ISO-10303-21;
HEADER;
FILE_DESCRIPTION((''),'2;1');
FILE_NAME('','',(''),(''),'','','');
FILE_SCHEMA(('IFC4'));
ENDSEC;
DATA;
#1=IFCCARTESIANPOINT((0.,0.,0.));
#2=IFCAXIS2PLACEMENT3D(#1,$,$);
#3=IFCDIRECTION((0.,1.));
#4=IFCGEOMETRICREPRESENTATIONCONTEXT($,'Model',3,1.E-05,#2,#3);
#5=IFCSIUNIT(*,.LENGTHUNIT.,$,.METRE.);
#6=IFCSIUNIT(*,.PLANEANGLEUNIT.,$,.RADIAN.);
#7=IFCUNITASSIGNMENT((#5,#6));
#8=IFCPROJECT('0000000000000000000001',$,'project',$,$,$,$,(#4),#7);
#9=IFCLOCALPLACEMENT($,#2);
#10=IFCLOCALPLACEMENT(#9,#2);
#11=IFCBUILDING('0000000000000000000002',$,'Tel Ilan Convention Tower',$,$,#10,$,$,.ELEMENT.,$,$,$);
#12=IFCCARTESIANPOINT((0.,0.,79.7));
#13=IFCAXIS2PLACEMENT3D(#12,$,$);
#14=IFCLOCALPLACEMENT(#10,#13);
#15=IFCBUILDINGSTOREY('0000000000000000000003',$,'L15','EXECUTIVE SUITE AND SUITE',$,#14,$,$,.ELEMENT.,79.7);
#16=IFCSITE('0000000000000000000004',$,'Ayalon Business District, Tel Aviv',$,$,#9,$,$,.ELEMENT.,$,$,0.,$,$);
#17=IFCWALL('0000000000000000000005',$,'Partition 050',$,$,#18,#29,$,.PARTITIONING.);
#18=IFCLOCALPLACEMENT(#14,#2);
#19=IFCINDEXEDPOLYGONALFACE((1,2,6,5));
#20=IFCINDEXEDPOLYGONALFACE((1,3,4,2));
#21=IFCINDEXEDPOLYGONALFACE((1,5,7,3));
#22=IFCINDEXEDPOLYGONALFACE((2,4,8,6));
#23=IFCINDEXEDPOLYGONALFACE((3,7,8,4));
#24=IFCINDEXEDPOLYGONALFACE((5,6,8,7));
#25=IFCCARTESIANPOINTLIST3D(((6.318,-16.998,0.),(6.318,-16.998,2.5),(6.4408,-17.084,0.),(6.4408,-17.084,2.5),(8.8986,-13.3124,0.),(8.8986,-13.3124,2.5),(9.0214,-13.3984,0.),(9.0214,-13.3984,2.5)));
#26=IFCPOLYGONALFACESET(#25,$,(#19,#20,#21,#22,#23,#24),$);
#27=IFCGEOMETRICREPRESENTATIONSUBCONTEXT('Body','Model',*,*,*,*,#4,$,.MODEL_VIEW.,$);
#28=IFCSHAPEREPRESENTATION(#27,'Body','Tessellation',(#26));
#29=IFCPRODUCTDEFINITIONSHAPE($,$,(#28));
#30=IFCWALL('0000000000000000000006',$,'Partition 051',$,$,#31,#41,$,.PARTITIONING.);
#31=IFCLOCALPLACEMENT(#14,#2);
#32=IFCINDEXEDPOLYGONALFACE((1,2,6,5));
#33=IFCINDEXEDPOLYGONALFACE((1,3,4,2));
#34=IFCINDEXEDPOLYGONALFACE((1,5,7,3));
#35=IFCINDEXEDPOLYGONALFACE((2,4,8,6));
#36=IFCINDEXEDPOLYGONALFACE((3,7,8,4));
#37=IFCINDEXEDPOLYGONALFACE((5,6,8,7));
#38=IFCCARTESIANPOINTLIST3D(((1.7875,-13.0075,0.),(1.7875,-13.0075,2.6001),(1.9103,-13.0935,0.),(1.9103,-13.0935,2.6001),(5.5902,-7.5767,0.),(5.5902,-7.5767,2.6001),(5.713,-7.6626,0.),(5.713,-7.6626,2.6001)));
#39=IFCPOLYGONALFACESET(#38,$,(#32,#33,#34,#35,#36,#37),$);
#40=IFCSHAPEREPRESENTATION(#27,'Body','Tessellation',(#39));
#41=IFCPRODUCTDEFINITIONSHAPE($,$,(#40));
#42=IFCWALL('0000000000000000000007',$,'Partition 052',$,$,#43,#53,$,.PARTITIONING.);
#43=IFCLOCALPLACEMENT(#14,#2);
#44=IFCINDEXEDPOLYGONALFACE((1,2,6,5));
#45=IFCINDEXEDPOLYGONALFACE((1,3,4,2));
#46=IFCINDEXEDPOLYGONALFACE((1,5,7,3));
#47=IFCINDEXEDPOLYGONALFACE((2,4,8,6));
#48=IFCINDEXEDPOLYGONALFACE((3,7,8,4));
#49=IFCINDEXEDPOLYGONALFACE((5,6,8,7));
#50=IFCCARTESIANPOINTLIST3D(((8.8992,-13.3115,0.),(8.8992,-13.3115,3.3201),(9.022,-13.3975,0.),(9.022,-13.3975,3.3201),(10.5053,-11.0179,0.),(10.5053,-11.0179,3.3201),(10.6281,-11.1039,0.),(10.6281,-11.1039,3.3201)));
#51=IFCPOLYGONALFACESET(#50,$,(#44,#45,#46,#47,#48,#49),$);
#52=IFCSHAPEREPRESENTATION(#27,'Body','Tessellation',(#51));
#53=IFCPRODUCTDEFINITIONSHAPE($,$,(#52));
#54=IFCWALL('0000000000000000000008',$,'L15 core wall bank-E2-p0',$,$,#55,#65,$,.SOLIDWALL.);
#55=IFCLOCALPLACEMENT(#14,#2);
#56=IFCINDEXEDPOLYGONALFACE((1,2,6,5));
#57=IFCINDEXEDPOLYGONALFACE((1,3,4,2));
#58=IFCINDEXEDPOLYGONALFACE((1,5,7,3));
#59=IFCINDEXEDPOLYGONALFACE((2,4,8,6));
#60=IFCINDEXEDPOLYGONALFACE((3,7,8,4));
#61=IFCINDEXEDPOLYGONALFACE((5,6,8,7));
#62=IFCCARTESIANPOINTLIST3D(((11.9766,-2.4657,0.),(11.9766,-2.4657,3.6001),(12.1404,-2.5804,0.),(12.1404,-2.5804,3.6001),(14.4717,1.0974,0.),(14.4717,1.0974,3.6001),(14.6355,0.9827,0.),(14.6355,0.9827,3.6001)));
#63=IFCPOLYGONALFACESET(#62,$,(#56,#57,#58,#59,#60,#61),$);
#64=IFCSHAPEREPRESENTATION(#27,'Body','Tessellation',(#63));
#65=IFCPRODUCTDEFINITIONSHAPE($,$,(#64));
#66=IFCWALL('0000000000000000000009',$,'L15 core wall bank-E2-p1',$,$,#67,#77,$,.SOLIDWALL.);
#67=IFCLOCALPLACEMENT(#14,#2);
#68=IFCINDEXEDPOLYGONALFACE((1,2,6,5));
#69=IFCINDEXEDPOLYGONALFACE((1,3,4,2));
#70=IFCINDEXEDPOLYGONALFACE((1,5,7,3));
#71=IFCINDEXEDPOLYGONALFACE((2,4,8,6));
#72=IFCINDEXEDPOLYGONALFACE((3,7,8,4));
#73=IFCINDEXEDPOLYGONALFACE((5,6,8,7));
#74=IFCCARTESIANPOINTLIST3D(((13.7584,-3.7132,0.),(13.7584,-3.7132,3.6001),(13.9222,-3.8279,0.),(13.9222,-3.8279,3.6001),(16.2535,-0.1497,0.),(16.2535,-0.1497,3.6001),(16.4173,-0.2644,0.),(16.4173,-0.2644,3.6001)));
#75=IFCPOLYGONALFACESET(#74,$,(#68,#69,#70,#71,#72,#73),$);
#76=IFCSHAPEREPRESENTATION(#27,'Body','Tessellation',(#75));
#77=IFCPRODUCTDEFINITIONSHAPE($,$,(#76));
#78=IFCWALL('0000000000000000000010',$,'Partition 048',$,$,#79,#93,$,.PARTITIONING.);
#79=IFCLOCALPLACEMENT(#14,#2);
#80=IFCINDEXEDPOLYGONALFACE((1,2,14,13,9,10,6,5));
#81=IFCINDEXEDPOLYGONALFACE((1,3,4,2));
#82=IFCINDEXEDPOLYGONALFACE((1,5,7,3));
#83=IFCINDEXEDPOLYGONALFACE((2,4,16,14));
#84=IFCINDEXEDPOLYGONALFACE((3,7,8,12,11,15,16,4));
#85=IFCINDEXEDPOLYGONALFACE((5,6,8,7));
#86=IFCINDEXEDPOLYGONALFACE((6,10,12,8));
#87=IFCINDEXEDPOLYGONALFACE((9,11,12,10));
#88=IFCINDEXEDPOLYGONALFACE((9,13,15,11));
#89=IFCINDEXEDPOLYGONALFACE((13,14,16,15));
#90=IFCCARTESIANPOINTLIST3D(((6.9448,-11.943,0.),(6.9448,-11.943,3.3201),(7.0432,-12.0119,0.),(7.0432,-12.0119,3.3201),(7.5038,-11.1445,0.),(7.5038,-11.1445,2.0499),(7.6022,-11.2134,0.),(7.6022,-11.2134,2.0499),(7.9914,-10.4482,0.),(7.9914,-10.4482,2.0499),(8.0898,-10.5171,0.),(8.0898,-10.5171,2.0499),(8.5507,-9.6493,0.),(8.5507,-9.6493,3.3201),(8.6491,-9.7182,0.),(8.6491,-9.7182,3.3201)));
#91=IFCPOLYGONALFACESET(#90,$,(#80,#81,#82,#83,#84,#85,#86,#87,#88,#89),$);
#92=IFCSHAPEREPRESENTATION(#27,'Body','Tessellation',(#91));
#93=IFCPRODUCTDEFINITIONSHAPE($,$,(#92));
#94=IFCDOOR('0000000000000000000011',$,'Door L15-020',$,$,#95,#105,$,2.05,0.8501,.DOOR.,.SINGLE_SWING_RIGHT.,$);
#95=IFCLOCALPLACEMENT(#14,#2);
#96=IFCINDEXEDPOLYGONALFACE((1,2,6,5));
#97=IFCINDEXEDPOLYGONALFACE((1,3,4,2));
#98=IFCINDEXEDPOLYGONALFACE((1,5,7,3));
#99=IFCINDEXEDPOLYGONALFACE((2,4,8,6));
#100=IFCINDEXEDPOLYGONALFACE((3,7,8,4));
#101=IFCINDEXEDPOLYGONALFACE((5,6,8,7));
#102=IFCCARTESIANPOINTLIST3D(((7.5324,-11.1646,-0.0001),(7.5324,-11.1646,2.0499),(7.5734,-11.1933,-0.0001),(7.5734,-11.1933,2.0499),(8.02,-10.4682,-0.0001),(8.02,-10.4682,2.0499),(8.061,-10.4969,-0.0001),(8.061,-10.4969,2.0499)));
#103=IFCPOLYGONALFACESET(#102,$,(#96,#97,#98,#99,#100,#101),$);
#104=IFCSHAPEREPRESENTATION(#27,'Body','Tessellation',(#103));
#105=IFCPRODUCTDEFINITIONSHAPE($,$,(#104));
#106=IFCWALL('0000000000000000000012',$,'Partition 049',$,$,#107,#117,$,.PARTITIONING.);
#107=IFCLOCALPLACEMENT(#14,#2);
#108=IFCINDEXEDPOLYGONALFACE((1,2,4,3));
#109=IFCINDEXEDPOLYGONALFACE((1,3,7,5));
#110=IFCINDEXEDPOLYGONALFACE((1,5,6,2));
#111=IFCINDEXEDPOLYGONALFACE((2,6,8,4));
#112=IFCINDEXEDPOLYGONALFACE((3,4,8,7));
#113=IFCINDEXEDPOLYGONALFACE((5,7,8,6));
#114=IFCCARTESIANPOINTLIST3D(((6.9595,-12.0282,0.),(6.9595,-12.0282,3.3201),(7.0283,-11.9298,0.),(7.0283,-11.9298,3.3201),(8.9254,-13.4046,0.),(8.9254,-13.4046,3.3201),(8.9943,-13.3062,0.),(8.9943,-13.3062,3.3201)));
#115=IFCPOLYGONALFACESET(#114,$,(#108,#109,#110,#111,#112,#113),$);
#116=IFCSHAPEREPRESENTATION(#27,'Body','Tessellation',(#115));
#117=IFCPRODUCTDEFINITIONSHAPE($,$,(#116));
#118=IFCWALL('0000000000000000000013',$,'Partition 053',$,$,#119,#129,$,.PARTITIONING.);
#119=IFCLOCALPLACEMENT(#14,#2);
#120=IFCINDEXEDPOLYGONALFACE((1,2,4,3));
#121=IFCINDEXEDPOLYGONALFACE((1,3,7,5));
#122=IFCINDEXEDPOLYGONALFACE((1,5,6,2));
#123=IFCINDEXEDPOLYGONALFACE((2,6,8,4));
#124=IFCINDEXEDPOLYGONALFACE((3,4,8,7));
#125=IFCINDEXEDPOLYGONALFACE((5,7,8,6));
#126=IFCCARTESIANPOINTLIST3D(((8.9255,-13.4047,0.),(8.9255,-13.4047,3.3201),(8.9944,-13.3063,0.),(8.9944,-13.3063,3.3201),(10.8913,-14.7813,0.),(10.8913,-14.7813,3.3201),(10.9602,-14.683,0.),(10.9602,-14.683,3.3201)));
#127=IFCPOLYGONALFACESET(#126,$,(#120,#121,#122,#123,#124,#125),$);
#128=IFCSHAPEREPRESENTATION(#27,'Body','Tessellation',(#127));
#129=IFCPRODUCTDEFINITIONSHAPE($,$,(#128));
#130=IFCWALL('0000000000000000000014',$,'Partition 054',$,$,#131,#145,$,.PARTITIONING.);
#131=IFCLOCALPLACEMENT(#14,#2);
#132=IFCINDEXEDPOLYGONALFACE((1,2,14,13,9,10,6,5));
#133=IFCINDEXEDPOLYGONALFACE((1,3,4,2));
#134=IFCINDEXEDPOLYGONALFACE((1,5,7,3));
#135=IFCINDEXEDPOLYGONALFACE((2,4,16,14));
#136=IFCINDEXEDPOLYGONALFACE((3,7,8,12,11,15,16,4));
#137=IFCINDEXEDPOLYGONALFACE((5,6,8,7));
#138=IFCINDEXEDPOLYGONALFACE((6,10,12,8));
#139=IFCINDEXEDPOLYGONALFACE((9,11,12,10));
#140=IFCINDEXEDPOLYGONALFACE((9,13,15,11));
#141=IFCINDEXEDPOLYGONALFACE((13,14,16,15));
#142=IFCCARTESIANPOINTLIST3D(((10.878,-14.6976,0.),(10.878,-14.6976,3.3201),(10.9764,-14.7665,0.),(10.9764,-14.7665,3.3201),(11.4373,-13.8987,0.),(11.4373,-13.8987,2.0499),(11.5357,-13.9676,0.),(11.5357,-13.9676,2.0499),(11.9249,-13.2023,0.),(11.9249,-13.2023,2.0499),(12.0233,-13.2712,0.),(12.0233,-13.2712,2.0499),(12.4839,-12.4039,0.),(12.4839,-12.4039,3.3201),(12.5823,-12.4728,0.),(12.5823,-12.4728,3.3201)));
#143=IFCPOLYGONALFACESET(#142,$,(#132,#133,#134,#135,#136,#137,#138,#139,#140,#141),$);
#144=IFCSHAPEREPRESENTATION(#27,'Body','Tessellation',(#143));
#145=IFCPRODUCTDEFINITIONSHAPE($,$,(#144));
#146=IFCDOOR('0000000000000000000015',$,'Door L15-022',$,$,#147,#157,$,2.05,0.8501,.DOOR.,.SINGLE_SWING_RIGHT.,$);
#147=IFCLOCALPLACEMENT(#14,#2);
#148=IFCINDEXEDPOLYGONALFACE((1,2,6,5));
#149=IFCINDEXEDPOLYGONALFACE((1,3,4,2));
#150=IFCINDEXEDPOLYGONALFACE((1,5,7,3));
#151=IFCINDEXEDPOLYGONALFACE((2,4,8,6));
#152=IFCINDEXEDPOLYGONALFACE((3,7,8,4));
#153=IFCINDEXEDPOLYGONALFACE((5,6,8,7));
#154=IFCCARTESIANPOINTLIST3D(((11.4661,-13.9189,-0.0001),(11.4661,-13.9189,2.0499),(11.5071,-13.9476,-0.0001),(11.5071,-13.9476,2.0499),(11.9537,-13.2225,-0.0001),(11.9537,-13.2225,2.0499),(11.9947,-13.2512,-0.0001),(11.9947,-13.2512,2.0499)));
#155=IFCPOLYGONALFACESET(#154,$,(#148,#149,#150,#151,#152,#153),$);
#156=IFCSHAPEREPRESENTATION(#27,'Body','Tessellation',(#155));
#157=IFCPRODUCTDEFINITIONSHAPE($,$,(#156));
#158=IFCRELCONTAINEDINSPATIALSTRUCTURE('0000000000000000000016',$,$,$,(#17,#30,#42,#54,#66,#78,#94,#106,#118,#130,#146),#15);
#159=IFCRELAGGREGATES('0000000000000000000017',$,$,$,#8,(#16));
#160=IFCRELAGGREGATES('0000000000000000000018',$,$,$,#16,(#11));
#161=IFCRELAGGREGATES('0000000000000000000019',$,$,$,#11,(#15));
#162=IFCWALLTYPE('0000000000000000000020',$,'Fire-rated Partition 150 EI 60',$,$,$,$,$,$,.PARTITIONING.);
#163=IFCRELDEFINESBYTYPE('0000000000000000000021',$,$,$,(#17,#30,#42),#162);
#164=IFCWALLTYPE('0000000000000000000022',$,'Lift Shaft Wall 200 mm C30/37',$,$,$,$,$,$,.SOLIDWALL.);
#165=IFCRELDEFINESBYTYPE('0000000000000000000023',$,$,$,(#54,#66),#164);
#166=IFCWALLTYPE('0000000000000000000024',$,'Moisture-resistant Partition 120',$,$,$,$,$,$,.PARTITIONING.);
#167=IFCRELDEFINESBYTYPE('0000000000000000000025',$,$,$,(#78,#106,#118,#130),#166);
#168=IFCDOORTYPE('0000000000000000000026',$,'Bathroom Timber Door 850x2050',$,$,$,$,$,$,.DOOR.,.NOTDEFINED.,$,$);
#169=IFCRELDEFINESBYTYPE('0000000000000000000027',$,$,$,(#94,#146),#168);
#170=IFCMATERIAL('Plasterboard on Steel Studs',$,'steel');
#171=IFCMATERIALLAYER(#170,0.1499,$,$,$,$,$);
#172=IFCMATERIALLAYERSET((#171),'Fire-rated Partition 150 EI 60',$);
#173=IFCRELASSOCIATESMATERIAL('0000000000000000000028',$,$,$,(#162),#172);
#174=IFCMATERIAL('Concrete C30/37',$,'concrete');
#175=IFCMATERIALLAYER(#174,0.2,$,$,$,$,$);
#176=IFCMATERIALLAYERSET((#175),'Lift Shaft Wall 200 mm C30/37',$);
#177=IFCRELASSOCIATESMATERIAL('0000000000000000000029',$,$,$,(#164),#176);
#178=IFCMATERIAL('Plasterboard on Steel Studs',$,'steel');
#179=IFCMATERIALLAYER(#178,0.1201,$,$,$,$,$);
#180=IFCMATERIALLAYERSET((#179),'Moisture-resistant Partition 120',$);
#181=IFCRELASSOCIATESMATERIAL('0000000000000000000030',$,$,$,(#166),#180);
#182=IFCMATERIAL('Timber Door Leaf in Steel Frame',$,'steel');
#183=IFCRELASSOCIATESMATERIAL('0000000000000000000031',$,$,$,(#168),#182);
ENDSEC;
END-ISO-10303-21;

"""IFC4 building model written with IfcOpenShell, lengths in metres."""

from ifc_helpers import new_model, si_unit, direction, frame, frame_2d, origin, place, context, subcontext, project, spatial, rectangle, extrude, material, layer, layer_set, type_object, element, fill, save


model = new_model("IFC4")

# Units and contexts
model_context = context("Model", 3, precision=1e-05, world=origin(), true_north=direction((0.0, 1.0)))
body_context = subcontext(model_context, "Body", "Model", "MODEL_VIEW")
ifc_project = project(units=[si_unit("LENGTHUNIT", "METRE"), si_unit("PLANEANGLEUNIT", "RADIAN")], contexts=[model_context])

# Site, building, storey
site_placement = place(None, origin())
site = spatial("IfcSite", under=ifc_project, at=site_placement, Name="Ayalon Business District, Tel Aviv", CompositionType="ELEMENT", RefElevation=0.0)
building_placement = place(site_placement, origin())
building = spatial("IfcBuilding", under=site, at=building_placement, Name="Tel Ilan Convention Tower", CompositionType="ELEMENT")
storey_placement = place(building_placement, frame((0.0, 0.0, 79.7)))
storey = spatial("IfcBuildingStorey", under=building, at=storey_placement, Name="L15", Description="EXECUTIVE SUITE AND SUITE", CompositionType="ELEMENT", Elevation=79.7)

# Shared definitions
ifc_material_1 = material(Name="Plasterboard on Steel Studs", Category="steel")
ifc_layer_1 = layer(ifc_material_1, 0.1499)
ifc_layer_set_1 = layer_set([ifc_layer_1], Name="Fire-rated Partition 150 EI 60")
wall_type_1 = type_object("IfcWallType", Name="Fire-rated Partition 150 EI 60", PredefinedType="PARTITIONING", material=ifc_layer_set_1)

# Walls
wall_1_placement = place(storey_placement, frame((8.96, -13.3555, 0.0), z_axis=(0.0, 0.0, 1.0), x_axis=(-0.573564, -0.819161, 0.0)))
element("IfcWall", 1, at=wall_1_placement, inside=storey, type_object=wall_type_1, Name="Partition 050", PredefinedType="PARTITIONING", context=body_context, shape_type="SweptSolid", body=[
    extrude(rectangle(XDim=4.4993, YDim=0.1499, at=frame_2d((2.2495, 0.0))), origin(), (0.0, 0.0, 1.0), 2.5),
])
wall_2_placement = place(storey_placement, frame((1.8489, -13.0505, 0.0), z_axis=(0.0, 0.0, 1.0), x_axis=(0.573574, 0.819154, 0.0)))
element("IfcWall", 2, at=wall_2_placement, inside=storey, type_object=wall_type_1, Name="Partition 051", PredefinedType="PARTITIONING", context=body_context, shape_type="SweptSolid", body=[
    extrude(rectangle(XDim=6.6299, YDim=0.1499, at=frame_2d((3.3149, 0.0))), origin(), (0.0, 0.0, 1.0), 2.6001),
])
wall_3_placement = place(storey_placement, frame((10.5667, -11.061, 0.0), z_axis=(0.0, 0.0, 1.0), x_axis=(-0.573609, -0.81913, 0.0)))
element("IfcWall", 3, at=wall_3_placement, inside=storey, type_object=wall_type_1, Name="Partition 052", PredefinedType="PARTITIONING", context=body_context, shape_type="SweptSolid", body=[
    extrude(rectangle(XDim=2.8, YDim=0.1499, at=frame_2d((1.3999, 0.0))), origin(), (0.0, 0.0, 1.0), 3.3201),
])
ifc_material_2 = material(Name="Concrete C30/37", Category="concrete")
ifc_layer_2 = layer(ifc_material_2, 0.2)
ifc_layer_set_2 = layer_set([ifc_layer_2], Name="Lift Shaft Wall 200 mm C30/37")
wall_type_2 = type_object("IfcWallType", Name="Lift Shaft Wall 200 mm C30/37", PredefinedType="SOLIDWALL", material=ifc_layer_set_2)
wall_4_placement = place(storey_placement, frame((12.0586, -2.5229, 0.0), z_axis=(0.0, 0.0, 1.0), x_axis=(0.573594, 0.81914, 0.0)))
element("IfcWall", 4, at=wall_4_placement, inside=storey, type_object=wall_type_2, Name="L15 core wall bank-E2-p0", PredefinedType="SOLIDWALL", context=body_context, shape_type="SweptSolid", body=[
    extrude(rectangle(XDim=4.3499, YDim=0.2, at=frame_2d((2.1748, 0.0))), origin(), (0.0, 0.0, 1.0), 3.6001),
])
wall_5_placement = place(storey_placement, frame((13.8403, -3.7705, 0.0), z_axis=(0.0, 0.0, 1.0), x_axis=(0.573568, 0.819158, 0.0)))
element("IfcWall", 5, at=wall_5_placement, inside=storey, type_object=wall_type_2, Name="L15 core wall bank-E2-p1", PredefinedType="SOLIDWALL", context=body_context, shape_type="SweptSolid", body=[
    extrude(rectangle(XDim=4.3501, YDim=0.2, at=frame_2d((2.175, 0.0))), origin(), (0.0, 0.0, 1.0), 3.6001),
])

# Wall, opening, door
ifc_material_3 = material(Name="Plasterboard on Steel Studs", Category="steel")
ifc_layer_3 = layer(ifc_material_3, 0.1201)
ifc_layer_set_3 = layer_set([ifc_layer_3], Name="Moisture-resistant Partition 120")
wall_type_3 = type_object("IfcWallType", Name="Moisture-resistant Partition 120", PredefinedType="PARTITIONING", material=ifc_layer_set_3)
wall_6_placement = place(storey_placement, frame((8.5999, -9.6838, 0.0), z_axis=(0.0, 0.0, 1.0), x_axis=(-0.57355, -0.81917, 0.0)))
wall_6 = element("IfcWall", 6, at=wall_6_placement, inside=storey, type_object=wall_type_3, Name="Partition 048", PredefinedType="PARTITIONING", context=body_context, shape_type="SweptSolid", body=[
    extrude(rectangle(XDim=2.8, YDim=0.1201, at=frame_2d((1.3999, 0.0))), origin(), (0.0, 0.0, 1.0), 3.3201),
])
opening_1_placement = place(wall_6_placement, frame((0.9751, 0.0, 0.0)))
opening_1 = element("IfcOpeningElement", 7, at=opening_1_placement, cuts=wall_6, PredefinedType="OPENING", context=body_context, shape_type="SweptSolid", body=[
    extrude(rectangle(XDim=0.8501, YDim=2.05, at=frame_2d((0.425, 1.0249))), frame((0.0, 0.0701, 0.0), z_axis=(0.0, -1.0, 0.0), x_axis=(1.0, 0.0, 0.0)), (0.0, 0.0, 1.0), 0.1401),
])
ifc_material_4 = material(Name="Timber Door Leaf in Steel Frame", Category="steel")
door_type_1 = type_object("IfcDoorType", Name="Bathroom Timber Door 850x2050", OperationType="NOTDEFINED", PredefinedType="DOOR", material=ifc_material_4)
door_1_placement = place(opening_1_placement, origin())
door_1 = element("IfcDoor", 8, at=door_1_placement, inside=storey, type_object=door_type_1, Name="Door L15-020", OperationType="SINGLE_SWING_RIGHT", OverallHeight=2.05, OverallWidth=0.8501, PredefinedType="DOOR", context=body_context, shape_type="SweptSolid", body=[
    extrude(rectangle(XDim=0.8501, YDim=2.05, at=frame_2d((0.425, 1.0249))), frame((0.0, 0.0249, 0.0), z_axis=(0.0, -1.0, 0.0), x_axis=(1.0, 0.0, 0.0)), (0.0, 0.0, 1.0), 0.05),
])
fill(opening_1, door_1)

# Walls
for number, where, z_axis, x_axis, name in (
    (9, (6.9939, -11.979, 0.0), (0.0, 0.0, 1.0), (0.819189, -0.573524, 0.0), "Partition 049"),
    (10, (8.96, -13.3555, 0.0), (0.0, 0.0, 1.0), (0.819108, -0.57364, 0.0), "Partition 053"),
):
    element("IfcWall", number, at=place(storey_placement, frame(where, z_axis=z_axis, x_axis=x_axis)), inside=storey, type_object=wall_type_3, Name=name, PredefinedType="PARTITIONING", context=body_context, shape_type="SweptSolid", body=[
        extrude(rectangle(XDim=2.3999, YDim=0.1201, at=frame_2d((1.2, 0.0))), origin(), (0.0, 0.0, 1.0), 3.3201),
    ])

# Wall, opening, door
wall_7_placement = place(storey_placement, frame((10.9272, -14.7319, 0.0), z_axis=(0.0, 0.0, 1.0), x_axis=(0.57355, 0.81917, 0.0)))
wall_7 = element("IfcWall", 11, at=wall_7_placement, inside=storey, type_object=wall_type_3, Name="Partition 054", PredefinedType="PARTITIONING", context=body_context, shape_type="SweptSolid", body=[
    extrude(rectangle(XDim=2.8, YDim=0.1201, at=frame_2d((1.3999, 0.0))), origin(), (0.0, 0.0, 1.0), 3.3201),
])
opening_2_placement = place(wall_7_placement, frame((0.9751, 0.0, 0.0)))
opening_2 = element("IfcOpeningElement", 12, at=opening_2_placement, cuts=wall_7, PredefinedType="OPENING", context=body_context, shape_type="SweptSolid", body=[
    extrude(rectangle(XDim=0.8501, YDim=2.05, at=frame_2d((0.425, 1.0249))), frame((0.0, 0.0701, 0.0), z_axis=(0.0, -1.0, 0.0), x_axis=(1.0, 0.0, 0.0)), (0.0, 0.0, 1.0), 0.1401),
])
door_2_placement = place(opening_2_placement, origin())
door_2 = element("IfcDoor", 13, at=door_2_placement, inside=storey, type_object=door_type_1, Name="Door L15-022", OperationType="SINGLE_SWING_RIGHT", OverallHeight=2.05, OverallWidth=0.8501, PredefinedType="DOOR", context=body_context, shape_type="SweptSolid", body=[
    extrude(rectangle(XDim=0.8501, YDim=2.05, at=frame_2d((0.425, 1.0249))), frame((0.0, 0.0249, 0.0), z_axis=(0.0, -1.0, 0.0), x_axis=(1.0, 0.0, 0.0)), (0.0, 0.0, 1.0), 0.05),
])
fill(opening_2, door_2)

save(model, "model.ifc")
